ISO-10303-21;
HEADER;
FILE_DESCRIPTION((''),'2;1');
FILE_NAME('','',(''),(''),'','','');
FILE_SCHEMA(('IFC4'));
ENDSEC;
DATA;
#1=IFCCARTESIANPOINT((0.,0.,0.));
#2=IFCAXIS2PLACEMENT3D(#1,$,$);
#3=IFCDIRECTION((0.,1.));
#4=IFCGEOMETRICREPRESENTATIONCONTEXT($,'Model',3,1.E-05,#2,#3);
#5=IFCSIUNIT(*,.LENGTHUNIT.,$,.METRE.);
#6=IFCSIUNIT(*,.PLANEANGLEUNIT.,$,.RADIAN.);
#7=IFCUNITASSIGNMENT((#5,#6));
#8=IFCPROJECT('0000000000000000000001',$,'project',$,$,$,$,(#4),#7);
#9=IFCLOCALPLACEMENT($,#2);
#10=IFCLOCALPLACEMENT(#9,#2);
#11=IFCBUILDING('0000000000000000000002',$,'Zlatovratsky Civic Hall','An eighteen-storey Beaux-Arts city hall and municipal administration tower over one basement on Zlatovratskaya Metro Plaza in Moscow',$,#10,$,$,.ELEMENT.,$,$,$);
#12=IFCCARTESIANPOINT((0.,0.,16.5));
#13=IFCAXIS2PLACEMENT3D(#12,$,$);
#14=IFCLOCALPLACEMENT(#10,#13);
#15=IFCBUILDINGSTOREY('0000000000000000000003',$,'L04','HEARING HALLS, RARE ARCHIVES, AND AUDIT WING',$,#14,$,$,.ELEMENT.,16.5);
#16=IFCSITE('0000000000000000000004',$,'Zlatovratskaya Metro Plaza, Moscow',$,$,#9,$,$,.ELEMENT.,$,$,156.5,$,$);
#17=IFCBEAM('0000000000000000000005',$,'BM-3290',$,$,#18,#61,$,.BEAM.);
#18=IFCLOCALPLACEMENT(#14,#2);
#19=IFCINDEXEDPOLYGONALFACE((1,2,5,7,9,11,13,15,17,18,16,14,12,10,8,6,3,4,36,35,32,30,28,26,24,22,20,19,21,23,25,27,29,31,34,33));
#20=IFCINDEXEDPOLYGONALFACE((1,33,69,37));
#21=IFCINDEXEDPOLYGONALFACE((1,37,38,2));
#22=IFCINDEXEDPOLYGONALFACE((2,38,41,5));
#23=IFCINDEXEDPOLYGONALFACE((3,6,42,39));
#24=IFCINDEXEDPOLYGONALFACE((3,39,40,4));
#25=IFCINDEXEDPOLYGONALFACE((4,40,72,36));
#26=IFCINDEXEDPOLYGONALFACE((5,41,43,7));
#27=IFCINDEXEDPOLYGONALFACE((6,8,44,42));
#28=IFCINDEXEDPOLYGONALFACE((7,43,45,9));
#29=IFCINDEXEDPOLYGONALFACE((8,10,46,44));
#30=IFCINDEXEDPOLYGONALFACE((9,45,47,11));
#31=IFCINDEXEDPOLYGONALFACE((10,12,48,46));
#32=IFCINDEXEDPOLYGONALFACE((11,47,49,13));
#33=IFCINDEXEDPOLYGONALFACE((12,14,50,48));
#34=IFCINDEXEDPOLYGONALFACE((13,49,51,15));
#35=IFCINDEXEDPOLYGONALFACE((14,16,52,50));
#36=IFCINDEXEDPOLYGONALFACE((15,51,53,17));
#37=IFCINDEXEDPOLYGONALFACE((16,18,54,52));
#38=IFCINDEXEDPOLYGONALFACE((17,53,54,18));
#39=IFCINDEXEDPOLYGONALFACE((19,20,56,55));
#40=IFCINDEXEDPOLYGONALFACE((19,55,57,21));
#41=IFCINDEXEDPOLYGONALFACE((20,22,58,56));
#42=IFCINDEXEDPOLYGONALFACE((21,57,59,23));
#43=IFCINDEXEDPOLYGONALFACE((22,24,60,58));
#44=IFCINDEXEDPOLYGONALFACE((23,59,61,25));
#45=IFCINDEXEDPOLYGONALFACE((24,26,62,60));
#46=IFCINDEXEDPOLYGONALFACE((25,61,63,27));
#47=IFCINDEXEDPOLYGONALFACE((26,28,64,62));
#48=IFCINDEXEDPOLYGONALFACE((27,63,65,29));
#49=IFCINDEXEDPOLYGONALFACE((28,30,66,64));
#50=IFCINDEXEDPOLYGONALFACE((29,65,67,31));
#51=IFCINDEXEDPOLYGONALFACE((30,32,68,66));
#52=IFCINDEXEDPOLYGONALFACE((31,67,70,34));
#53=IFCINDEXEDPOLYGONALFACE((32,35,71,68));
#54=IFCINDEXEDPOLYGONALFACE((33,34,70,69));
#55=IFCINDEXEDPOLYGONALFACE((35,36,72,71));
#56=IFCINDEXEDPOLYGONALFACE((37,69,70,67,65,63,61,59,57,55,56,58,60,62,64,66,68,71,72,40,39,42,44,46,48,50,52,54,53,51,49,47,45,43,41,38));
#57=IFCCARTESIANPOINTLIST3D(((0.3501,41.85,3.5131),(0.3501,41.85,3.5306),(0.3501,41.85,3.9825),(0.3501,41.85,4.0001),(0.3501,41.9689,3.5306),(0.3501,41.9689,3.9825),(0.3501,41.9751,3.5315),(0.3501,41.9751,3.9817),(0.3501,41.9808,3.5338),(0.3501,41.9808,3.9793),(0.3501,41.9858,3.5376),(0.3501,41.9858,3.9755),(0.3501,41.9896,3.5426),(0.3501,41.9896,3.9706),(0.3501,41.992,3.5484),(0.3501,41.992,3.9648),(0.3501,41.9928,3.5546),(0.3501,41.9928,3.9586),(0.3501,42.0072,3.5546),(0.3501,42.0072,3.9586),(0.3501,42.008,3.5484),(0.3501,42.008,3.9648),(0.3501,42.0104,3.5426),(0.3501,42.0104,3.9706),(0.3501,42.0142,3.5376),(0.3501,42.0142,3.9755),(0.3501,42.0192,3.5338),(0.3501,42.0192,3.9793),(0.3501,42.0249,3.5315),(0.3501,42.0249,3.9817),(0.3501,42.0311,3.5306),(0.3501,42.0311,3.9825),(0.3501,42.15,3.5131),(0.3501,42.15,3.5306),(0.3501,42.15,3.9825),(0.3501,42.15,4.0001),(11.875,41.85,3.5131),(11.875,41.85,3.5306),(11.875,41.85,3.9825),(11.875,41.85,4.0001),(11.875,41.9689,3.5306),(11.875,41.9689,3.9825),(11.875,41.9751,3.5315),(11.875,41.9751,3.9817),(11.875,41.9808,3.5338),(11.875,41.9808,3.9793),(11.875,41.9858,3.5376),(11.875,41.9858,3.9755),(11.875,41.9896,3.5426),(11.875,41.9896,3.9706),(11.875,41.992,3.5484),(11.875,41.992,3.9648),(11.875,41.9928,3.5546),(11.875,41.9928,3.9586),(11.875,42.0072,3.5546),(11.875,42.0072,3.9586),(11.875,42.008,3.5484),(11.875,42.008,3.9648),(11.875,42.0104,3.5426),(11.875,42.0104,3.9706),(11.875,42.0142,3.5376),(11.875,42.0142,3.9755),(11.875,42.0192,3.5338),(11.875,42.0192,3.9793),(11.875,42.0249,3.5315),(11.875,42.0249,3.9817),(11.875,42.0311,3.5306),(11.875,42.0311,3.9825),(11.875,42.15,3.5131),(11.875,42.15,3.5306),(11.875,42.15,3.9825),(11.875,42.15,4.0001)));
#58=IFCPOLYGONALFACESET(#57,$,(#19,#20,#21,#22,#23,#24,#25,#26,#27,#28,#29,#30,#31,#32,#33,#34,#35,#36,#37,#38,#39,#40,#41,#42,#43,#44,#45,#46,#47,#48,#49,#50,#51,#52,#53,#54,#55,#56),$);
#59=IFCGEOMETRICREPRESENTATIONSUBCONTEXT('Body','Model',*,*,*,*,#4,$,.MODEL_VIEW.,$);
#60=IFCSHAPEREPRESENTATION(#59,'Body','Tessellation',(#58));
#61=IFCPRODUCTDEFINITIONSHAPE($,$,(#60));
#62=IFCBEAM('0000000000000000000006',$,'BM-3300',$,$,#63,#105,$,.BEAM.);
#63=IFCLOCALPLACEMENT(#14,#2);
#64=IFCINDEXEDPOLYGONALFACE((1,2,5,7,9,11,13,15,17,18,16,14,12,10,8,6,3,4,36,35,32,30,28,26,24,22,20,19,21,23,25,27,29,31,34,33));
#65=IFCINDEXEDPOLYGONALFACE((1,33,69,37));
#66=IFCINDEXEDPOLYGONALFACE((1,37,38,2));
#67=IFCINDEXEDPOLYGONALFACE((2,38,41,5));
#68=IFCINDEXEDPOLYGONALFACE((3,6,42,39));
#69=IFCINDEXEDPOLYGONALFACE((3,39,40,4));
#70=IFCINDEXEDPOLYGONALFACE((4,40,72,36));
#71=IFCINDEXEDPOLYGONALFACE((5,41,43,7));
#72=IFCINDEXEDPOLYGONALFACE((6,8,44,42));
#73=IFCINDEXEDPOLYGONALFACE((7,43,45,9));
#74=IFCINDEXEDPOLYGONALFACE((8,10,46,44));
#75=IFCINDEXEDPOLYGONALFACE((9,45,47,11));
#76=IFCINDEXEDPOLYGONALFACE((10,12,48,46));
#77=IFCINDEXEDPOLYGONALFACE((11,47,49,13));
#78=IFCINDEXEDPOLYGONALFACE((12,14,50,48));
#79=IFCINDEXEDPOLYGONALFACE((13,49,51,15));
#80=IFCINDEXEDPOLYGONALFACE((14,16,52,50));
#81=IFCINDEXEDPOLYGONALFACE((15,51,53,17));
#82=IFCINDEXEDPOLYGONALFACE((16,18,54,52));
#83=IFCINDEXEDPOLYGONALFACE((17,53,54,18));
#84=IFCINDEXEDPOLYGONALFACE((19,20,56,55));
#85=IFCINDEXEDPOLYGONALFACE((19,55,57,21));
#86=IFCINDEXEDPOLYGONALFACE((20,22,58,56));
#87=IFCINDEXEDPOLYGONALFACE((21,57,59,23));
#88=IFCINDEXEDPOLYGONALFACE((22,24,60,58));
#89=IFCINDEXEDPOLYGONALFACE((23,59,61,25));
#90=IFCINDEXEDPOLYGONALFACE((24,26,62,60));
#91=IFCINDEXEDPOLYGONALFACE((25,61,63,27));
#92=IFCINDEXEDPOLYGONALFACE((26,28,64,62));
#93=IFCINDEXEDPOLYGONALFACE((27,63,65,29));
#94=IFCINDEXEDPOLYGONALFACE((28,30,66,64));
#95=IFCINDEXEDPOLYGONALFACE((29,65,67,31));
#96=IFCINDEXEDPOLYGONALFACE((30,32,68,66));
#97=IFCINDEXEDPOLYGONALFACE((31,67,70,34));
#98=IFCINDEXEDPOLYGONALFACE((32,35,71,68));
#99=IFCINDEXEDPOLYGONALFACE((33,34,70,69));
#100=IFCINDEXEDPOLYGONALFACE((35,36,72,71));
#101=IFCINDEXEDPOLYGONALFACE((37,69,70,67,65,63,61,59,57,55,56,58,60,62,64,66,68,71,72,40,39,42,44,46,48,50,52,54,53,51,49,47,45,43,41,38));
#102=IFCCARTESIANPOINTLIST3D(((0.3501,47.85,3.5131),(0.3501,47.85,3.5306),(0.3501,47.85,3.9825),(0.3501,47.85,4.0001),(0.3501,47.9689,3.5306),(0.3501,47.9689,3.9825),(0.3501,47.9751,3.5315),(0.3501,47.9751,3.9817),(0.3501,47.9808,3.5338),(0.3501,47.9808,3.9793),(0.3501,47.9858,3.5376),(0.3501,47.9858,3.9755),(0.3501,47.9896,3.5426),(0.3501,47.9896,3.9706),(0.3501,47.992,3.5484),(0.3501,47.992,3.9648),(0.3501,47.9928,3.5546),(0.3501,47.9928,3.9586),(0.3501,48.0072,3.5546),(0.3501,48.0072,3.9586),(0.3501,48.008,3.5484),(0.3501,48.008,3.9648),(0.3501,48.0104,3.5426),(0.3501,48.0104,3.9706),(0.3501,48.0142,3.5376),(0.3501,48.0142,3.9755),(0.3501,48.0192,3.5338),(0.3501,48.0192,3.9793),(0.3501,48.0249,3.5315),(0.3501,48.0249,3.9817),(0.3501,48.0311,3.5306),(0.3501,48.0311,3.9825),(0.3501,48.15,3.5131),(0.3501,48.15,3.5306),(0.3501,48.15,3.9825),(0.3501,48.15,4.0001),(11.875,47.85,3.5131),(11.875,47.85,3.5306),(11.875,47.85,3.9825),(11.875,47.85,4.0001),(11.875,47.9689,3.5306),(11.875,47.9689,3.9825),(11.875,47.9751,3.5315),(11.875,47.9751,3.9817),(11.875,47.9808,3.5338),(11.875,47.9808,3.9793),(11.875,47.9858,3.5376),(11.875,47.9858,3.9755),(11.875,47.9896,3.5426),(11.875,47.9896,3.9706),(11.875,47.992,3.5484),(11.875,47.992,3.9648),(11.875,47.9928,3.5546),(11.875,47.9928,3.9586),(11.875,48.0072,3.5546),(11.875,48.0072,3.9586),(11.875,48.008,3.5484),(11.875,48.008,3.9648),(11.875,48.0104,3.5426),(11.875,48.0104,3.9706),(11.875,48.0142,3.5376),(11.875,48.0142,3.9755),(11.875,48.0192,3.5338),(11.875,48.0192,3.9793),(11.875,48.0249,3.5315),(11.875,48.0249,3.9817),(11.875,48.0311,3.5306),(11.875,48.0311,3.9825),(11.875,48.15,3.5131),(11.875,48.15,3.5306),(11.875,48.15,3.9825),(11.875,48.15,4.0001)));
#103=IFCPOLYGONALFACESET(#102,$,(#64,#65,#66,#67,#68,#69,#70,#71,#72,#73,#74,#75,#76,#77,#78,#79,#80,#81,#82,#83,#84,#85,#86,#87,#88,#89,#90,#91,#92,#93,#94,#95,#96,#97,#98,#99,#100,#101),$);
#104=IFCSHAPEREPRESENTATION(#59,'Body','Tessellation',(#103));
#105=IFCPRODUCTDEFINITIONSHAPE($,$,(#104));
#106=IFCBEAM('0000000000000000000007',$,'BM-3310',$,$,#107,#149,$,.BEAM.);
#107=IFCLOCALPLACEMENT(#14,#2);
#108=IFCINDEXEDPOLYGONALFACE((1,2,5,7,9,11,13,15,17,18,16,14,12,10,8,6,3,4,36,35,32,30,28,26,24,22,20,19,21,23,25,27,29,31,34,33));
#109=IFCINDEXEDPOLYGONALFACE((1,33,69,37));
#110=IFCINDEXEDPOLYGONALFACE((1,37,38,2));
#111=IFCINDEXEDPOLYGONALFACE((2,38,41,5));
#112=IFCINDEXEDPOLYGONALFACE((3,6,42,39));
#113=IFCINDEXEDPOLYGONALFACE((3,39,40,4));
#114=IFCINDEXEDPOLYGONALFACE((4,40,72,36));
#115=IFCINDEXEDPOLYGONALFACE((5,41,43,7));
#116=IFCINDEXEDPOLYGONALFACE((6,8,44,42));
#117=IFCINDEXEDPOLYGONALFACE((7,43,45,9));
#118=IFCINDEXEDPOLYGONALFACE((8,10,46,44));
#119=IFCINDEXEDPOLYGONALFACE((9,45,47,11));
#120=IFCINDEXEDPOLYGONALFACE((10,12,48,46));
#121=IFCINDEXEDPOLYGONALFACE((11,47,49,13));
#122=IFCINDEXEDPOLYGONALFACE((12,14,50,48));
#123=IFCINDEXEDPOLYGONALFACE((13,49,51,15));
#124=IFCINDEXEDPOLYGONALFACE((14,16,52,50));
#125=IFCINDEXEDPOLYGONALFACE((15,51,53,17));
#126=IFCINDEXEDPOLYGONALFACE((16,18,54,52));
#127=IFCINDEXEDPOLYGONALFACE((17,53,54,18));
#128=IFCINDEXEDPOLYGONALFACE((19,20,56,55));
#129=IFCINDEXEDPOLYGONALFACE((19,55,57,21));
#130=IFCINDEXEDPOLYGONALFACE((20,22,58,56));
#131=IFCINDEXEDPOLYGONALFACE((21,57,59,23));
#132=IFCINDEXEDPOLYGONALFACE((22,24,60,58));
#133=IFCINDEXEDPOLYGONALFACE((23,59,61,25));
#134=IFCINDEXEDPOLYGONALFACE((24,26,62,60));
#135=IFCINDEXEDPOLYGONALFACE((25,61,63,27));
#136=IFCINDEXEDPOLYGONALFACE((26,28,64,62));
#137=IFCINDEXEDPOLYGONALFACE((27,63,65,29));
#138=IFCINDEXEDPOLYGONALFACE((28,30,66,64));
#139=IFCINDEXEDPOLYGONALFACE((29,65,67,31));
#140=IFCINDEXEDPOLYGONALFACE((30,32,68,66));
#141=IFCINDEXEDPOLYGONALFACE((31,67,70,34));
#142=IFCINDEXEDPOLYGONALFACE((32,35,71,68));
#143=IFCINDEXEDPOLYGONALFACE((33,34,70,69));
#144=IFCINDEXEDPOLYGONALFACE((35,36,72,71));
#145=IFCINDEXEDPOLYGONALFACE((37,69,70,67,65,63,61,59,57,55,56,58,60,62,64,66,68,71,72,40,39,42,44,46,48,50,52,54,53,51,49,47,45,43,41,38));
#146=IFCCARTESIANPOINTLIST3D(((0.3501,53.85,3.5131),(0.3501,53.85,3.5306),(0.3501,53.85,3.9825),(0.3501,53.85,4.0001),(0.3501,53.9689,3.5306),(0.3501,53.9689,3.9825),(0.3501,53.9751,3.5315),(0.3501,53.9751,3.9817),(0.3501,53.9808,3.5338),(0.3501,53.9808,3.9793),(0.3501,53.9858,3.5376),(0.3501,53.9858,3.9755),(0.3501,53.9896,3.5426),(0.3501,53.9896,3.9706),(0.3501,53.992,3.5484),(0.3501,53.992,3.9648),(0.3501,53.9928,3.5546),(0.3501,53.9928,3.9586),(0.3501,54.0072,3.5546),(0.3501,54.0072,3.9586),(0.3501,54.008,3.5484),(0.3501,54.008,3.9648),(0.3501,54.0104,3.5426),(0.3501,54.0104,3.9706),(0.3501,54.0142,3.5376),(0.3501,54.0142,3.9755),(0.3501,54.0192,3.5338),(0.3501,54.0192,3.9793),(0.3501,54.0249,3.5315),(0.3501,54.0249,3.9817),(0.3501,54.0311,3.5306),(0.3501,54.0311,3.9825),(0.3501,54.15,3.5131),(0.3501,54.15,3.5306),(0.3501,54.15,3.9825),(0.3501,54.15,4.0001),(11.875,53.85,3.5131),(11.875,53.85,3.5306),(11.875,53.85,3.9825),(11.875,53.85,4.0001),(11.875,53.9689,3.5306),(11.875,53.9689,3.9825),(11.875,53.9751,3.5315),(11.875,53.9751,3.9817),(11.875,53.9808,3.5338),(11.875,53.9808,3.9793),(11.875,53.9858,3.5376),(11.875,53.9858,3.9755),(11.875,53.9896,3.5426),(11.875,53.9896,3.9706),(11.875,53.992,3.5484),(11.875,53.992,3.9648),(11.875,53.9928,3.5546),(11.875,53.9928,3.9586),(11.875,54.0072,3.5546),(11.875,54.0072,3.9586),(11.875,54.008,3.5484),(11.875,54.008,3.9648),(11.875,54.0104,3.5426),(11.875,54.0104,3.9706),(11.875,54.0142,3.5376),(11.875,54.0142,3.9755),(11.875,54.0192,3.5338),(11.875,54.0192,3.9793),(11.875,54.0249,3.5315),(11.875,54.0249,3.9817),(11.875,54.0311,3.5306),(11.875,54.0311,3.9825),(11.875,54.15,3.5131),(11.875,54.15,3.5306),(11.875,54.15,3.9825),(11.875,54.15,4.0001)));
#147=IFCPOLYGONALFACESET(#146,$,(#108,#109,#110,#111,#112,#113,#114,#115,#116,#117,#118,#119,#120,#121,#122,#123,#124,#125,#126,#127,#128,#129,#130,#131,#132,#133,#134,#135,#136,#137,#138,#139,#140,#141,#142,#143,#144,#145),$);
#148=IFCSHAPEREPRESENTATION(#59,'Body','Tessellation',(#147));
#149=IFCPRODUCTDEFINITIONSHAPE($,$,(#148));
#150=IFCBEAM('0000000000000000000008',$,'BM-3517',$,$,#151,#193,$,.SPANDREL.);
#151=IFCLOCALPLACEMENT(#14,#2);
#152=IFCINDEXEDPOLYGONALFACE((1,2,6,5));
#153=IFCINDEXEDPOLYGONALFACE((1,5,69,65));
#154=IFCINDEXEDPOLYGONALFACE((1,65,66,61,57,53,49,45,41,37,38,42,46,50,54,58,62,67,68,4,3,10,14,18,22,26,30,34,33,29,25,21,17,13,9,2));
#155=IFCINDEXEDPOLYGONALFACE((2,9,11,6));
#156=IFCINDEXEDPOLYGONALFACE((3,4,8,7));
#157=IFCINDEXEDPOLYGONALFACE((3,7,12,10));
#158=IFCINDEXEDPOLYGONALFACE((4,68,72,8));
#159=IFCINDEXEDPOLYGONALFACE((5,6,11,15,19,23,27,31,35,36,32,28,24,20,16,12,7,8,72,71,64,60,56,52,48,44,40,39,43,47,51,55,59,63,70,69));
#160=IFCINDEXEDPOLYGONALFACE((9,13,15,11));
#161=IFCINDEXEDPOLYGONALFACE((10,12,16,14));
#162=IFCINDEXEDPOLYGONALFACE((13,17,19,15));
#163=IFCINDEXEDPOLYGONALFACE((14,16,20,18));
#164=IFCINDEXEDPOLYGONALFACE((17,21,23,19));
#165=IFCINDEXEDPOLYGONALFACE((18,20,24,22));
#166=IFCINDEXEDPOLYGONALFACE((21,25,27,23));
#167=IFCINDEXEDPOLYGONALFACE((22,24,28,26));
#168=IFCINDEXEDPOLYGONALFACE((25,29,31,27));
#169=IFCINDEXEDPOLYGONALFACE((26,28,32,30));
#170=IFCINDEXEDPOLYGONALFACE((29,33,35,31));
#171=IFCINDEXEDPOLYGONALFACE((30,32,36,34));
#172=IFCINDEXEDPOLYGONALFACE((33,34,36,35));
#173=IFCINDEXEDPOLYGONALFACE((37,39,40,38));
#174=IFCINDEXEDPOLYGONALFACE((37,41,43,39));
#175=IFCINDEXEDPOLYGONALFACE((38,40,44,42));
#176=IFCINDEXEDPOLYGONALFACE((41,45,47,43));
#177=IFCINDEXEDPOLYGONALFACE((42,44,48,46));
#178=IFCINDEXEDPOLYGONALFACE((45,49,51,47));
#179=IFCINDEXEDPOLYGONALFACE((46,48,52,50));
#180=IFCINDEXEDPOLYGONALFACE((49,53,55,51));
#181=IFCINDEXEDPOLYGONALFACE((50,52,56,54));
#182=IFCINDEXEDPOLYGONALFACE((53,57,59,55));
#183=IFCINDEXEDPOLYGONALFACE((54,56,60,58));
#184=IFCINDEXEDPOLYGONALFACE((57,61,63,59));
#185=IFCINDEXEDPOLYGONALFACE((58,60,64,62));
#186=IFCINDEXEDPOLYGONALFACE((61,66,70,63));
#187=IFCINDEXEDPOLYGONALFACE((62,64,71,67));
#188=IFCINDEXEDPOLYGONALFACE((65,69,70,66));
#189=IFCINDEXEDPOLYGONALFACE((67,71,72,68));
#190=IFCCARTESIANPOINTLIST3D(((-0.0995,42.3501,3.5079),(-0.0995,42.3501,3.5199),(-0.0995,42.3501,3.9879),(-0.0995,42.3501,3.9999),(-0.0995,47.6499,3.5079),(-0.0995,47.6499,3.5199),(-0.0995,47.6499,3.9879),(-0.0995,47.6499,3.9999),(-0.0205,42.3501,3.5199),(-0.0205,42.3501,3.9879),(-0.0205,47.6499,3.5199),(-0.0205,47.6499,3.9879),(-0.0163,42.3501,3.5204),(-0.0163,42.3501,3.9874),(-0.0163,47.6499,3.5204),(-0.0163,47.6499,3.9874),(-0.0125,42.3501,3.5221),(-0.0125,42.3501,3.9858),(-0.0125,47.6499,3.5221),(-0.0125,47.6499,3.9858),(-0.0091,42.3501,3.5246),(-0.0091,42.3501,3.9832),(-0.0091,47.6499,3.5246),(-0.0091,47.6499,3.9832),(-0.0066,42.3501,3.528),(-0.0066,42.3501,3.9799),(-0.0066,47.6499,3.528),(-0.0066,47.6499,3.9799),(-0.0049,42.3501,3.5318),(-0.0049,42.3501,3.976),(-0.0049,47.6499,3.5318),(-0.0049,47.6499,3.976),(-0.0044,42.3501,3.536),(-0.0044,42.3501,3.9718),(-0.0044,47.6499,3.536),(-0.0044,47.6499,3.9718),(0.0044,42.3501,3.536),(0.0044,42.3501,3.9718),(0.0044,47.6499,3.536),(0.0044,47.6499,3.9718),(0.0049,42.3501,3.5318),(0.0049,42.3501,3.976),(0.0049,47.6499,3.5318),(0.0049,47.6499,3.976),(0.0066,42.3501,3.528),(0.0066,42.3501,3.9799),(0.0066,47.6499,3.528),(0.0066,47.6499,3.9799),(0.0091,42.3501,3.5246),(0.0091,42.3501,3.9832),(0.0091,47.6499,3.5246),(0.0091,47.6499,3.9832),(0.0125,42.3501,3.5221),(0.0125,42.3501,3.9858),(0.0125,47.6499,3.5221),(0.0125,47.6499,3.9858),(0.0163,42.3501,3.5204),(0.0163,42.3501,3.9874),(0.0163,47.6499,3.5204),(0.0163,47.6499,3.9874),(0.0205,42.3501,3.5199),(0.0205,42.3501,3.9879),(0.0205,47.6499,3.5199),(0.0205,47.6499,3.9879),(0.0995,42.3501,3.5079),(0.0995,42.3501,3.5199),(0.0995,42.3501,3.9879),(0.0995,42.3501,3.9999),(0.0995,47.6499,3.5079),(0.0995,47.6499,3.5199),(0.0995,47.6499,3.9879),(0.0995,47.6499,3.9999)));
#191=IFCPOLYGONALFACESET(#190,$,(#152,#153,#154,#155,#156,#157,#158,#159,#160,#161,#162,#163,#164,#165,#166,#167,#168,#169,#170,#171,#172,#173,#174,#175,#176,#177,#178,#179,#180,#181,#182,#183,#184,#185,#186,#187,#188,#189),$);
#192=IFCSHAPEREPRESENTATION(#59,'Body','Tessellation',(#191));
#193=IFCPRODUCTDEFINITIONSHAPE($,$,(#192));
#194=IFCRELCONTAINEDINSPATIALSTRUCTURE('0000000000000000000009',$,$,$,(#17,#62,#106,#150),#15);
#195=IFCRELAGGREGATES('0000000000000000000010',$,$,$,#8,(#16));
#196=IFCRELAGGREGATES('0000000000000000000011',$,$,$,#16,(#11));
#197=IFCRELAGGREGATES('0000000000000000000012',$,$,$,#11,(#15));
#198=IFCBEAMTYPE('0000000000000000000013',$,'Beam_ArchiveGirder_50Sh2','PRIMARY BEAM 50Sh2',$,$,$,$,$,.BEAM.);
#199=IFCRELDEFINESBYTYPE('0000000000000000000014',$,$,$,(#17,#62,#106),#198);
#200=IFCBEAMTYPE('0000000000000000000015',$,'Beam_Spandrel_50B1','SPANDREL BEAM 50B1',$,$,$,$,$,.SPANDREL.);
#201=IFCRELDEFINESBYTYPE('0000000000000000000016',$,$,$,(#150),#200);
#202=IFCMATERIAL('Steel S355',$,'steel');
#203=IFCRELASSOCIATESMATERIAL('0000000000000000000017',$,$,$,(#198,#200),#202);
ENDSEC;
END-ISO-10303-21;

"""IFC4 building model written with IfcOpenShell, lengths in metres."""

from ifc_helpers import new_model, si_unit, direction, frame, origin, origin_2d, place, context, subcontext, project, spatial, i_section, extrude, material, material_profile, profile_set, type_object, element, save


model = new_model("IFC4")

# Units and contexts
model_context = context("Model", 3, precision=1e-05, world=origin(), true_north=direction((0.0, 1.0)))
body_context = subcontext(model_context, "Body", "Model", "MODEL_VIEW")
ifc_project = project(units=[si_unit("LENGTHUNIT", "METRE"), si_unit("PLANEANGLEUNIT", "RADIAN")], contexts=[model_context])

# Site, building, storey
site_placement = place(None, origin())
site = spatial("IfcSite", under=ifc_project, at=site_placement, Name="Zlatovratskaya Metro Plaza, Moscow", CompositionType="ELEMENT", RefElevation=156.5)
building_placement = place(site_placement, origin())
building = spatial("IfcBuilding", under=site, at=building_placement, Name="Zlatovratsky Civic Hall", Description="An eighteen-storey Beaux-Arts city hall and municipal administration tower over one basement on Zlatovratskaya Metro Plaza in Moscow", CompositionType="ELEMENT")
storey_placement = place(building_placement, frame((0.0, 0.0, 16.5)))
storey = spatial("IfcBuildingStorey", under=building, at=storey_placement, Name="L04", Description="HEARING HALLS, RARE ARCHIVES, AND AUDIT WING", CompositionType="ELEMENT", Elevation=16.5)

# Shared definitions
ifc_material_1 = material(Name="Steel S355", Category="steel")

# Beams
ifc_material_profile_1 = material_profile(ifc_material_1, i_section(OverallWidth=0.3, OverallDepth=0.4871, WebThickness=0.0144, FlangeThickness=0.0176, FilletRadius=0.0239, at=origin_2d()), Name="50Sh2")
ifc_profile_set_1 = profile_set([ifc_material_profile_1], Name="Steel S355")
beam_type_1 = type_object("IfcBeamType", Name="Beam_ArchiveGirder_50Sh2", Description="PRIMARY BEAM 50Sh2", PredefinedType="BEAM", material=ifc_profile_set_1)
for number, where, z_axis, x_axis, name in (
    (1, (0.3501, 42.0, 3.7566), (1.0, 0.0, 0.0), (0.0, 1.0, 0.0), "BM-3290"),
    (2, (0.3501, 48.0, 3.7566), (1.0, 0.0, 0.0), (0.0, 1.0, 0.0), "BM-3300"),
    (3, (0.3501, 54.0, 3.7566), (1.0, 0.0, 0.0), (0.0, 1.0, 0.0), "BM-3310"),
):
    element("IfcBeam", number, at=place(storey_placement, frame(where, z_axis=z_axis, x_axis=x_axis)), inside=storey, type_object=beam_type_1, Name=name, PredefinedType="BEAM", context=body_context, shape_type="SweptSolid", body=[
        extrude(i_section(OverallWidth=0.3, OverallDepth=0.4871, WebThickness=0.0144, FlangeThickness=0.0176, FilletRadius=0.0239, at=origin_2d()), origin(), (0.0, 0.0, 1.0), 11.5249),
    ])
ifc_material_profile_2 = material_profile(ifc_material_1, i_section(OverallWidth=0.199, OverallDepth=0.4919, WebThickness=0.0088, FlangeThickness=0.012, FilletRadius=0.0161, at=origin_2d()), Name="50B1")
ifc_profile_set_2 = profile_set([ifc_material_profile_2], Name="Steel S355")
beam_type_2 = type_object("IfcBeamType", Name="Beam_Spandrel_50B1", Description="SPANDREL BEAM 50B1", PredefinedType="SPANDREL", material=ifc_profile_set_2)
for number, where, z_axis, x_axis, name in (
    (4, (0.0, 42.3501, 3.7539), (0.0, 1.0, 0.0), (-1.0, 0.0, 0.0), "BM-3517"),
):
    element("IfcBeam", number, at=place(storey_placement, frame(where, z_axis=z_axis, x_axis=x_axis)), inside=storey, type_object=beam_type_2, Name=name, PredefinedType="SPANDREL", context=body_context, shape_type="SweptSolid", body=[
        extrude(i_section(OverallWidth=0.199, OverallDepth=0.4919, WebThickness=0.0088, FlangeThickness=0.012, FilletRadius=0.0161, at=origin_2d()), origin(), (0.0, 0.0, 1.0), 5.2998),
    ])

save(model, "model.ifc")
